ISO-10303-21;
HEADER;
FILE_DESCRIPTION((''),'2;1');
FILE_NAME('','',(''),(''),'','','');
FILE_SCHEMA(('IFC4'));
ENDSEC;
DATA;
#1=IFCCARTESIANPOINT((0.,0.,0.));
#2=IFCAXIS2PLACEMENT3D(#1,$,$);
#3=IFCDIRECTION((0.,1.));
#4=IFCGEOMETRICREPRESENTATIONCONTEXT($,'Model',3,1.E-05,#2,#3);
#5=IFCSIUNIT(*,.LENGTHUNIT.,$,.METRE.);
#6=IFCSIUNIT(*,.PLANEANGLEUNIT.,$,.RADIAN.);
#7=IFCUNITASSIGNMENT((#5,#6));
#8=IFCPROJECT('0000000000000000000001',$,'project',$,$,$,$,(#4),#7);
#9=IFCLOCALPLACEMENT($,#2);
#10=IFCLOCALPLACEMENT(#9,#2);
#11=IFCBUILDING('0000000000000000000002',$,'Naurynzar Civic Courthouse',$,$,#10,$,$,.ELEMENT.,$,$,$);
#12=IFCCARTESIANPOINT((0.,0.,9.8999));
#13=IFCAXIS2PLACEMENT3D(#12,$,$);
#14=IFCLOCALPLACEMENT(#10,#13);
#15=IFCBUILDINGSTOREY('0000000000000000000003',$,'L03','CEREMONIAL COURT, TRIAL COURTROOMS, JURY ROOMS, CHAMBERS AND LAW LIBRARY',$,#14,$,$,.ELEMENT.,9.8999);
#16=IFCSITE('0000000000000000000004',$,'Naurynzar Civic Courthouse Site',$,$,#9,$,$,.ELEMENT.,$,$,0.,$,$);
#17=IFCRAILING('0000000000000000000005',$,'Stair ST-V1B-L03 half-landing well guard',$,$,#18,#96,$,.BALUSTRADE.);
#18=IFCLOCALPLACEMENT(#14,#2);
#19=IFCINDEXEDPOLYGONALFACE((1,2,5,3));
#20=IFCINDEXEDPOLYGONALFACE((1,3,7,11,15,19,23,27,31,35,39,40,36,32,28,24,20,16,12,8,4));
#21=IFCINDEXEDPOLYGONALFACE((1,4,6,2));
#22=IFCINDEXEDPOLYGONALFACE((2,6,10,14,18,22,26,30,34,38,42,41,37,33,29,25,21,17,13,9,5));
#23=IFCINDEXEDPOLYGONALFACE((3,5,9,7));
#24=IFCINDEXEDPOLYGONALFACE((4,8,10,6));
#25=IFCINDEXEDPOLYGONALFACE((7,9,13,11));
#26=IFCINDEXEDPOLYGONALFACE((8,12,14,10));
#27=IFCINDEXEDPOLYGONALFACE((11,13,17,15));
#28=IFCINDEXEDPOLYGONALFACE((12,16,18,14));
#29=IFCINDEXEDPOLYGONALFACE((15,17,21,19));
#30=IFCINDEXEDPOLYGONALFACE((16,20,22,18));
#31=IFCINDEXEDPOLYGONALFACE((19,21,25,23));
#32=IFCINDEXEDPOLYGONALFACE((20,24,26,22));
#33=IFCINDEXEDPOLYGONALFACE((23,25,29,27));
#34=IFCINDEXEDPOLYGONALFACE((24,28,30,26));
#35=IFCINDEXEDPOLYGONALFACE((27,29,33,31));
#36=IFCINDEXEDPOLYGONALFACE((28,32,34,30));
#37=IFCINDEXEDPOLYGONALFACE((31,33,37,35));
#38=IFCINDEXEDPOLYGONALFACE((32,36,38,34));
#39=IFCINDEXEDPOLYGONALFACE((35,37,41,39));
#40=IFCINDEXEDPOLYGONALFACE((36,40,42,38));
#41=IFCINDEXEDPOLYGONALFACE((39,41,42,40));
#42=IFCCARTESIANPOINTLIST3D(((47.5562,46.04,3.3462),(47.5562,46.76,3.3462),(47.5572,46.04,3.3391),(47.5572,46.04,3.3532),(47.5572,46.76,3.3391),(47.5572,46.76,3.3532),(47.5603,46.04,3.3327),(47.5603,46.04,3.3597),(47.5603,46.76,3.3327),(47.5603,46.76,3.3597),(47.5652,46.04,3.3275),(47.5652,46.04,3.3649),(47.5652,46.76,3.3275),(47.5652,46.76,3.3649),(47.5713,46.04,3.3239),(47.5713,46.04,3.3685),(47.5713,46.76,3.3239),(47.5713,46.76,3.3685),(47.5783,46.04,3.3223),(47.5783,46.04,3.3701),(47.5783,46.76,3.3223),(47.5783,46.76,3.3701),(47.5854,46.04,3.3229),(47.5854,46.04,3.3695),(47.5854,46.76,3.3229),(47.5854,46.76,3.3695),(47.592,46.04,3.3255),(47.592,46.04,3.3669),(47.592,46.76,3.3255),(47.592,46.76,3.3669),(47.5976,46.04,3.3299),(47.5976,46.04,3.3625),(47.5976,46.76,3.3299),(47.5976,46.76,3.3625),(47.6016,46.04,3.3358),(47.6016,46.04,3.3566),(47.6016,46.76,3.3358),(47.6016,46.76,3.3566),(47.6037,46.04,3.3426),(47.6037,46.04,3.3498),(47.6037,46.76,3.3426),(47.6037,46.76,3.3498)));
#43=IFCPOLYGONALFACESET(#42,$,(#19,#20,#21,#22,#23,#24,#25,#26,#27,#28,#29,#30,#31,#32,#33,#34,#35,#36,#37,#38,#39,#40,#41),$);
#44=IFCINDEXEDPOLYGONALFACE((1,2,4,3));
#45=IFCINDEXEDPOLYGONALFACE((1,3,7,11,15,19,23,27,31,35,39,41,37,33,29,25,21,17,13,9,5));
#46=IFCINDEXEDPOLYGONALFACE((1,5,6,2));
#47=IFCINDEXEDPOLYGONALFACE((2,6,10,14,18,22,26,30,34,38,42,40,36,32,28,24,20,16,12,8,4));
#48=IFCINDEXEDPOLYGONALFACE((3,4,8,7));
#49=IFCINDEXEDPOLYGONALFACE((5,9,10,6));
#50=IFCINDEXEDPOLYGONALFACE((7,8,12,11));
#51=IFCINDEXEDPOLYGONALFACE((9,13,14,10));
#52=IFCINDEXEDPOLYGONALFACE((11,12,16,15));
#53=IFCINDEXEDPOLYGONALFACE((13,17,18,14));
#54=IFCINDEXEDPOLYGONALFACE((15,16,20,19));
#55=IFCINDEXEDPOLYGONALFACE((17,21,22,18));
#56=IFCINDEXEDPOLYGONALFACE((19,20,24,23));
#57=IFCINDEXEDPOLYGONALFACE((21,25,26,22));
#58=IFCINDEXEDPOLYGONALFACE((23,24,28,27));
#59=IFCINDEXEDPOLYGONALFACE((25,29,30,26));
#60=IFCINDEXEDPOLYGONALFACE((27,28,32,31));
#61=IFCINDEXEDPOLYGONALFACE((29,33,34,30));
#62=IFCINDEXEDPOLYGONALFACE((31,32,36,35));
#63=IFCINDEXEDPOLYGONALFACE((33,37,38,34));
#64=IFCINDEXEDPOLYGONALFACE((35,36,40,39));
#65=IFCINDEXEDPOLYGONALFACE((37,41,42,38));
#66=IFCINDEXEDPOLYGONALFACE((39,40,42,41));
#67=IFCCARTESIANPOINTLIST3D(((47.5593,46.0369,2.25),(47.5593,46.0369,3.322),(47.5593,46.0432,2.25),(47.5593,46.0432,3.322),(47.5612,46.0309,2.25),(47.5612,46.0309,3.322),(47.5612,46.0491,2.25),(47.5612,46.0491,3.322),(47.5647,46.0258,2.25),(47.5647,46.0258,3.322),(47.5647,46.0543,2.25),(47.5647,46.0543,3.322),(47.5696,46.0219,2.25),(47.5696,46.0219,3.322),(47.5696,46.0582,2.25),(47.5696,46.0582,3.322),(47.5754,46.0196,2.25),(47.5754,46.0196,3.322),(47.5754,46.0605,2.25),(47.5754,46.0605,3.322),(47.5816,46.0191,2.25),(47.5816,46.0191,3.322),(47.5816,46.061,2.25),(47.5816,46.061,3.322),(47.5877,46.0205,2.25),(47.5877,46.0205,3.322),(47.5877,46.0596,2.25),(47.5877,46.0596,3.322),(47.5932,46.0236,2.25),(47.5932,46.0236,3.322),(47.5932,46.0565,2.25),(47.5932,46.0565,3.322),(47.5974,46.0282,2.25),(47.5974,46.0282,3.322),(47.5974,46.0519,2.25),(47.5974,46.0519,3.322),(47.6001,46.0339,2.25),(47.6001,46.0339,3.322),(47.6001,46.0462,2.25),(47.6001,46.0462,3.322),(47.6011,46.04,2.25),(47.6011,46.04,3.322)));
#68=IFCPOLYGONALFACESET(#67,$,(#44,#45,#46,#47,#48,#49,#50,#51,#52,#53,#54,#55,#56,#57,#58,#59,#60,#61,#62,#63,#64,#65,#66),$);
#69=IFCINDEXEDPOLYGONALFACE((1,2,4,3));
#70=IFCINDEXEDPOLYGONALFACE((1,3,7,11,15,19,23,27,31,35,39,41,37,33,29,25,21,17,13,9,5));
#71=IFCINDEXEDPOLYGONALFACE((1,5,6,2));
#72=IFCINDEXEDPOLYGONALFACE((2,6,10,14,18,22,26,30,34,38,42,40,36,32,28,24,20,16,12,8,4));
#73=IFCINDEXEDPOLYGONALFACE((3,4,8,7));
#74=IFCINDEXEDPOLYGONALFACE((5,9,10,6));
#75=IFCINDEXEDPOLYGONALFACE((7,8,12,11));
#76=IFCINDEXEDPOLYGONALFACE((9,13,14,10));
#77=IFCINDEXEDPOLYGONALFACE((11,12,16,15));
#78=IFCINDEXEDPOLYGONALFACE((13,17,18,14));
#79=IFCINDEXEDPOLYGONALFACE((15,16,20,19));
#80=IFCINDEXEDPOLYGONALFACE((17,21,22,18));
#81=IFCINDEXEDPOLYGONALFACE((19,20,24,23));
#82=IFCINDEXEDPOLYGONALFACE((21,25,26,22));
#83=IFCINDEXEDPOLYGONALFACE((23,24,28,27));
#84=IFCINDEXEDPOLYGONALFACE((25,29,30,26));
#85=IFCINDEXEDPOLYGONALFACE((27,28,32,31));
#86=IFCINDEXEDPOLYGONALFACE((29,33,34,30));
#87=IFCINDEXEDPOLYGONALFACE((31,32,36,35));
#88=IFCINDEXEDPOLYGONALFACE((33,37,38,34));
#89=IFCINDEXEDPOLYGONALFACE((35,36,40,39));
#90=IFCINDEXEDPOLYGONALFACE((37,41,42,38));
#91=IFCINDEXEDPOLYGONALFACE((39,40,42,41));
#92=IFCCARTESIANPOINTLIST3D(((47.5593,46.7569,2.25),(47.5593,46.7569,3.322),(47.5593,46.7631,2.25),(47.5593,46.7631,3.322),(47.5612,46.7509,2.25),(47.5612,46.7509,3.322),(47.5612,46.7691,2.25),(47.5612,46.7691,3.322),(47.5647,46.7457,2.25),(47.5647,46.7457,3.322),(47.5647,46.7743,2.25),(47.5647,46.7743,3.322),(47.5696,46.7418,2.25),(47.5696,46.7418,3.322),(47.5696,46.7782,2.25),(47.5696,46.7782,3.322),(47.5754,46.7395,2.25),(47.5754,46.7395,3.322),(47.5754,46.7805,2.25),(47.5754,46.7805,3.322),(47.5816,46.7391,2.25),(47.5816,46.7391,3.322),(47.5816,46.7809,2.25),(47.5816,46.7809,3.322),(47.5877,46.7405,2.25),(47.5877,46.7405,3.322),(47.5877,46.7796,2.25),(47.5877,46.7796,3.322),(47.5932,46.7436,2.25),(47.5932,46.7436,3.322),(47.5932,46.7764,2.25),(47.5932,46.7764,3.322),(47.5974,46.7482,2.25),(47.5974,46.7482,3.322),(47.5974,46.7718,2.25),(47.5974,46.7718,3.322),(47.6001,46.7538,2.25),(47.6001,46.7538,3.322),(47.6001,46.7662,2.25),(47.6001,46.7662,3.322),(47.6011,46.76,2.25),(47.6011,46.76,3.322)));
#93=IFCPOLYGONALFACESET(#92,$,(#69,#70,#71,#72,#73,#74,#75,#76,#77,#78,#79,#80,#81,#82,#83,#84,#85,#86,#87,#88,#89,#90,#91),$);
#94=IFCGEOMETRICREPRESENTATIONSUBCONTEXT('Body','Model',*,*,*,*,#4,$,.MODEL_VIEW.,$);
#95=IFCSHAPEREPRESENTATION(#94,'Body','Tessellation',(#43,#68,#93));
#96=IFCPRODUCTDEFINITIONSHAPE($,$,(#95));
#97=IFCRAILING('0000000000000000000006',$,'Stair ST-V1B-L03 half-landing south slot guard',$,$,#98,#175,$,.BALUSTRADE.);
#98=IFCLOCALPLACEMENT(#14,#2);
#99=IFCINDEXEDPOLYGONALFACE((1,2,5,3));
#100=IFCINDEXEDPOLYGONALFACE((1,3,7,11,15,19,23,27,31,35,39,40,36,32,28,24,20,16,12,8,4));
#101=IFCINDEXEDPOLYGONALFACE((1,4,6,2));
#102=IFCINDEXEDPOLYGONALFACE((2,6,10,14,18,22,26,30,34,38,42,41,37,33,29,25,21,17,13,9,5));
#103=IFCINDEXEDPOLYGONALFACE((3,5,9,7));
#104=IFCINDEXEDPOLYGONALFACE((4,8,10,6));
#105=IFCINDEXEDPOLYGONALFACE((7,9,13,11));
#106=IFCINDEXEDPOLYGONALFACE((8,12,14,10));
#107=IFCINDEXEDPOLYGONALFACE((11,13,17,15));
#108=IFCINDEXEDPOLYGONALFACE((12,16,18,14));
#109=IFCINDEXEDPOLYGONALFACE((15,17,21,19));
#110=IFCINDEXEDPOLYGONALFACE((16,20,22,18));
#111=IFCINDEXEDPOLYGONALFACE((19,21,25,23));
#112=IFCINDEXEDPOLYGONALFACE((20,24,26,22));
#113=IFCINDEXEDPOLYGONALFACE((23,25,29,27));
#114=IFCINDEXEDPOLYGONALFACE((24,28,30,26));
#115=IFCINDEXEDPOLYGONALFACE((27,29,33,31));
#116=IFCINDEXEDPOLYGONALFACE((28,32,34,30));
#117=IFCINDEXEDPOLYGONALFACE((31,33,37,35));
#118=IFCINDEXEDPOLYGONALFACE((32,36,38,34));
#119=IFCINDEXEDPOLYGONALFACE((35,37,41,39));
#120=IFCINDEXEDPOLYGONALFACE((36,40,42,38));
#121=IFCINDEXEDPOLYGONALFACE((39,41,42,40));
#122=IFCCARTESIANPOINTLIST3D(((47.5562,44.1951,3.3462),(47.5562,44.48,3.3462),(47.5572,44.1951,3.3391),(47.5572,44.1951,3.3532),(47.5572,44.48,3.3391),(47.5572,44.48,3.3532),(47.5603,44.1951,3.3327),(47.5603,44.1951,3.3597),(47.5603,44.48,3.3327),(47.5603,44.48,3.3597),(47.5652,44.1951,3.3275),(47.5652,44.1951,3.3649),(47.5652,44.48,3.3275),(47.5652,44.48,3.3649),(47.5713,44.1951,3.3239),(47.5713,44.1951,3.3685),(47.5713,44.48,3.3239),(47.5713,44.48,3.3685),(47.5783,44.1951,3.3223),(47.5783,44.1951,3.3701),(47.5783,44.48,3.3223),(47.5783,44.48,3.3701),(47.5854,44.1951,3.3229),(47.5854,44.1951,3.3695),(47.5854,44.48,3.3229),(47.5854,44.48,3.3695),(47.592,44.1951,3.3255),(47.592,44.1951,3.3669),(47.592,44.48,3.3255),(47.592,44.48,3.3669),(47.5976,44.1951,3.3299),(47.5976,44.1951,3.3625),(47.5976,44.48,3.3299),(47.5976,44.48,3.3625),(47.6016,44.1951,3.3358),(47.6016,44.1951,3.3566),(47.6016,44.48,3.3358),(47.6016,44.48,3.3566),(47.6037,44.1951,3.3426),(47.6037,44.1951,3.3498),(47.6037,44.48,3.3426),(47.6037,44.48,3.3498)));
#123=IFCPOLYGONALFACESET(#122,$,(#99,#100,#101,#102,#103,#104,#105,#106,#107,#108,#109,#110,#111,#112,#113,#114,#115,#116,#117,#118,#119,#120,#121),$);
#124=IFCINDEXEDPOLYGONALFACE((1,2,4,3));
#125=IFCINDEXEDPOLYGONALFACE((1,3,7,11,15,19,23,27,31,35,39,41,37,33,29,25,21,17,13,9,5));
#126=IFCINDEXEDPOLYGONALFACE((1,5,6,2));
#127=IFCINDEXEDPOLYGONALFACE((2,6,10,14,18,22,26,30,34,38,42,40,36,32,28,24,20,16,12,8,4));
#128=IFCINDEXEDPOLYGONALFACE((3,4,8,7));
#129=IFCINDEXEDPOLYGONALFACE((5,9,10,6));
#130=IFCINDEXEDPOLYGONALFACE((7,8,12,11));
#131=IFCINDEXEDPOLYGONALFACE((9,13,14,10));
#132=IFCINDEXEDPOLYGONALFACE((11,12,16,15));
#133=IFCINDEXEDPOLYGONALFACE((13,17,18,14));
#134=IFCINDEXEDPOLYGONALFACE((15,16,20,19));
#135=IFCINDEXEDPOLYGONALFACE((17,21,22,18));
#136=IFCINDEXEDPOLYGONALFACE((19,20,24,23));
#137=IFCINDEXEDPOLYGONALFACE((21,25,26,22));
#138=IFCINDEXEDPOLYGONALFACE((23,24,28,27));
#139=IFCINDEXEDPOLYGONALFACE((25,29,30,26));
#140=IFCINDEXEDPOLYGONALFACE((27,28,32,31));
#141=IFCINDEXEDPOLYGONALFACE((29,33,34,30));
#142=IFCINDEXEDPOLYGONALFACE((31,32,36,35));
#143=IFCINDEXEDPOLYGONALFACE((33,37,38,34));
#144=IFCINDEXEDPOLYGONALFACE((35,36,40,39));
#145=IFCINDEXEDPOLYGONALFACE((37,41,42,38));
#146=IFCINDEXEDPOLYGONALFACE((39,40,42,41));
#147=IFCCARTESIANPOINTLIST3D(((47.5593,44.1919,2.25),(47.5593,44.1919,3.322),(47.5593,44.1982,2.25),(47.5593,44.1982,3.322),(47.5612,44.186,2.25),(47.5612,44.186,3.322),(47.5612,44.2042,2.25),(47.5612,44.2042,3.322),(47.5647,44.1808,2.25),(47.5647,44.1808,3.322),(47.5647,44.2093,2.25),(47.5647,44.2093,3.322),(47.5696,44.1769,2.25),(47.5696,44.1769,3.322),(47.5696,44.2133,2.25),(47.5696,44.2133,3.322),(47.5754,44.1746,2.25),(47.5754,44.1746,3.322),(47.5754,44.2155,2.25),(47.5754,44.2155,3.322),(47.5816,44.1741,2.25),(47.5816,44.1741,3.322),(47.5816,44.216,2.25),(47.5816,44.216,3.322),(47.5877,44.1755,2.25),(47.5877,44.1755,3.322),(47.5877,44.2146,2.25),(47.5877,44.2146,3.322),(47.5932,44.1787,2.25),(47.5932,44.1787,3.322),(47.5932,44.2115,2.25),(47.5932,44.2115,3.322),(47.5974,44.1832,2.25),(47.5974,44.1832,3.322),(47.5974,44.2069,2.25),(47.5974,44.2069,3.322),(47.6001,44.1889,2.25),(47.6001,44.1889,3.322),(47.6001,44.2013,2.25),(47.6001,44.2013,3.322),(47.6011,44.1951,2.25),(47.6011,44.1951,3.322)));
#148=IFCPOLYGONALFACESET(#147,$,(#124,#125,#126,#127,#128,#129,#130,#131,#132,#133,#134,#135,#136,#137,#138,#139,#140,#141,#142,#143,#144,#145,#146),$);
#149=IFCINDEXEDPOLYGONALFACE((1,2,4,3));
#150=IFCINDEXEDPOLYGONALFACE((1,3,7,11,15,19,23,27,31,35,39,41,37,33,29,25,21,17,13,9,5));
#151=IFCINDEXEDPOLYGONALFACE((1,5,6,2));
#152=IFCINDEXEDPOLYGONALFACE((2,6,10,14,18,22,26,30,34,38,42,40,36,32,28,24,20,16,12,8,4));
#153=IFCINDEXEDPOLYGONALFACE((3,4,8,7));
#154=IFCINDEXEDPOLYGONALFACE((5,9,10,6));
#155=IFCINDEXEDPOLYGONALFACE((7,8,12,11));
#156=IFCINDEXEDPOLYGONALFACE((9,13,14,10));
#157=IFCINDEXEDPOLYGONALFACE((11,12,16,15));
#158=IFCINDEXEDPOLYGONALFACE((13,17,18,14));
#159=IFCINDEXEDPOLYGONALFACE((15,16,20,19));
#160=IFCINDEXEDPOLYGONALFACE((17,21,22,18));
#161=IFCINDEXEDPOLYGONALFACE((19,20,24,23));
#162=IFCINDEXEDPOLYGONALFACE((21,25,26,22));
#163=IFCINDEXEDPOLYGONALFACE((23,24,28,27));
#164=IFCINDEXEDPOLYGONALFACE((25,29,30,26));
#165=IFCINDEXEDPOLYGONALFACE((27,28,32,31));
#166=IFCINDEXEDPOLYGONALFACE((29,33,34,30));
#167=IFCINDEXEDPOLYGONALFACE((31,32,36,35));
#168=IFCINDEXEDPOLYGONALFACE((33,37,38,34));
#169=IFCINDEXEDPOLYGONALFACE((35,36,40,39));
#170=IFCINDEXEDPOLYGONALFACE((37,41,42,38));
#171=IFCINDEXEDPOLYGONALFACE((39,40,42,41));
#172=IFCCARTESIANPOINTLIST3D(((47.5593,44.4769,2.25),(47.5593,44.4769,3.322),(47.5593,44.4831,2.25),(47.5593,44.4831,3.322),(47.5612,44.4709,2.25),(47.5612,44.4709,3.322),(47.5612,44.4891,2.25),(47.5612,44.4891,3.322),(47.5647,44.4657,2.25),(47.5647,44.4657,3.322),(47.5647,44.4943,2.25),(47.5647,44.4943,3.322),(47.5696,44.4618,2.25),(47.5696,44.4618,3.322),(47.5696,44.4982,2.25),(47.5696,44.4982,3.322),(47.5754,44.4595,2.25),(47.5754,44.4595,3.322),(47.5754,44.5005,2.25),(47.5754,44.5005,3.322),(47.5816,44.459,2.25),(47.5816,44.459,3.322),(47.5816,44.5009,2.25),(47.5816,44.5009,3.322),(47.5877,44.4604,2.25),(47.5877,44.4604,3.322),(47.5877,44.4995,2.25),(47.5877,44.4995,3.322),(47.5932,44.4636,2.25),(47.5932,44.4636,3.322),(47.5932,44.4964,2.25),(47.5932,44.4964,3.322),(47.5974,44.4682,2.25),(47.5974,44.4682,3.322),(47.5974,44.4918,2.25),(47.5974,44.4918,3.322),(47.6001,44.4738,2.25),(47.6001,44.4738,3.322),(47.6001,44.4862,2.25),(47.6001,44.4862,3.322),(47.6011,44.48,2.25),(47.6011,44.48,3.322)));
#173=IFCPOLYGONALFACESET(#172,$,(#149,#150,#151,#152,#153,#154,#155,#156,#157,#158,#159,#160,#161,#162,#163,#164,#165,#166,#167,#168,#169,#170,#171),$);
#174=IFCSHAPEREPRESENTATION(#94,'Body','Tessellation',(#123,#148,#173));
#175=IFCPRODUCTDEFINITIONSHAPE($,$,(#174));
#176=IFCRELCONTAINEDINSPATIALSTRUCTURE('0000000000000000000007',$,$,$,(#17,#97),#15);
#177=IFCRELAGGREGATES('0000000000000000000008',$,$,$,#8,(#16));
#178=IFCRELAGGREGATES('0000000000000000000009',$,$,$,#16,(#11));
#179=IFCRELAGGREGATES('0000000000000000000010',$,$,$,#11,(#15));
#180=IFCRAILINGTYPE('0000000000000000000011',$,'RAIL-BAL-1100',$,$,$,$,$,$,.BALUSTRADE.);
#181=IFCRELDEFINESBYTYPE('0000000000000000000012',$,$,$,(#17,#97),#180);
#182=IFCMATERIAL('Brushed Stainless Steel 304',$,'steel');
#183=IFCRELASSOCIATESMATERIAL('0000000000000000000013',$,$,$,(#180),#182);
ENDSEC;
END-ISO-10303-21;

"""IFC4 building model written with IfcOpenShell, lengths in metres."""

from ifc_helpers import new_model, si_unit, direction, frame, origin, origin_2d, place, context, subcontext, project, spatial, circle, extrude, material, type_object, element, save


model = new_model("IFC4")

# Units and contexts
model_context = context("Model", 3, precision=1e-05, world=origin(), true_north=direction((0.0, 1.0)))
body_context = subcontext(model_context, "Body", "Model", "MODEL_VIEW")
ifc_project = project(units=[si_unit("LENGTHUNIT", "METRE"), si_unit("PLANEANGLEUNIT", "RADIAN")], contexts=[model_context])

# Site, building, storey
site_placement = place(None, origin())
site = spatial("IfcSite", under=ifc_project, at=site_placement, Name="Naurynzar Civic Courthouse Site", CompositionType="ELEMENT", RefElevation=0.0)
building_placement = place(site_placement, origin())
building = spatial("IfcBuilding", under=site, at=building_placement, Name="Naurynzar Civic Courthouse", CompositionType="ELEMENT")
storey_placement = place(building_placement, frame((0.0, 0.0, 9.8999)))
storey = spatial("IfcBuildingStorey", under=building, at=storey_placement, Name="L03", Description="CEREMONIAL COURT, TRIAL COURTROOMS, JURY ROOMS, CHAMBERS AND LAW LIBRARY", CompositionType="ELEMENT", Elevation=9.8999)

# Railings
ifc_material_1 = material(Name="Brushed Stainless Steel 304", Category="steel")
railing_type_1 = type_object("IfcRailingType", Name="RAIL-BAL-1100", PredefinedType="BALUSTRADE", material=ifc_material_1)
for number, where, name in (
    (1, (47.5801, 46.04, 2.25), "Stair ST-V1B-L03 half-landing well guard"),
):
    element("IfcRailing", number, at=place(storey_placement, frame(where)), inside=storey, type_object=railing_type_1, Name=name, PredefinedType="BALUSTRADE", context=body_context, shape_type="SweptSolid", body=[
        extrude(circle(Radius=0.0239, at=origin_2d()), frame((0.0, 0.0, 1.0962), z_axis=(0.0, 1.0, 0.0), x_axis=(-1.0, 0.0, 0.0)), (0.0, 0.0, 1.0), 0.72),
        extrude(circle(Radius=0.021, at=origin_2d()), origin(), (0.0, 0.0, 1.0), 1.072),
        extrude(circle(Radius=0.021, at=origin_2d()), frame((0.0, 0.72, 0.0)), (0.0, 0.0, 1.0), 1.072),
    ])
railing_1_placement = place(storey_placement, frame((47.5801, 44.1951, 2.25)))
element("IfcRailing", 2, at=railing_1_placement, inside=storey, type_object=railing_type_1, Name="Stair ST-V1B-L03 half-landing south slot guard", PredefinedType="BALUSTRADE", context=body_context, shape_type="SweptSolid", body=[
    extrude(circle(Radius=0.0239, at=origin_2d()), frame((0.0, 0.0, 1.0962), z_axis=(0.0, 1.0, 0.0), x_axis=(-1.0, 0.0, 0.0)), (0.0, 0.0, 1.0), 0.2849),
    extrude(circle(Radius=0.021, at=origin_2d()), origin(), (0.0, 0.0, 1.0), 1.072),
    extrude(circle(Radius=0.021, at=origin_2d()), frame((0.0, 0.2849, 0.0)), (0.0, 0.0, 1.0), 1.072),
])

save(model, "model.ifc")
